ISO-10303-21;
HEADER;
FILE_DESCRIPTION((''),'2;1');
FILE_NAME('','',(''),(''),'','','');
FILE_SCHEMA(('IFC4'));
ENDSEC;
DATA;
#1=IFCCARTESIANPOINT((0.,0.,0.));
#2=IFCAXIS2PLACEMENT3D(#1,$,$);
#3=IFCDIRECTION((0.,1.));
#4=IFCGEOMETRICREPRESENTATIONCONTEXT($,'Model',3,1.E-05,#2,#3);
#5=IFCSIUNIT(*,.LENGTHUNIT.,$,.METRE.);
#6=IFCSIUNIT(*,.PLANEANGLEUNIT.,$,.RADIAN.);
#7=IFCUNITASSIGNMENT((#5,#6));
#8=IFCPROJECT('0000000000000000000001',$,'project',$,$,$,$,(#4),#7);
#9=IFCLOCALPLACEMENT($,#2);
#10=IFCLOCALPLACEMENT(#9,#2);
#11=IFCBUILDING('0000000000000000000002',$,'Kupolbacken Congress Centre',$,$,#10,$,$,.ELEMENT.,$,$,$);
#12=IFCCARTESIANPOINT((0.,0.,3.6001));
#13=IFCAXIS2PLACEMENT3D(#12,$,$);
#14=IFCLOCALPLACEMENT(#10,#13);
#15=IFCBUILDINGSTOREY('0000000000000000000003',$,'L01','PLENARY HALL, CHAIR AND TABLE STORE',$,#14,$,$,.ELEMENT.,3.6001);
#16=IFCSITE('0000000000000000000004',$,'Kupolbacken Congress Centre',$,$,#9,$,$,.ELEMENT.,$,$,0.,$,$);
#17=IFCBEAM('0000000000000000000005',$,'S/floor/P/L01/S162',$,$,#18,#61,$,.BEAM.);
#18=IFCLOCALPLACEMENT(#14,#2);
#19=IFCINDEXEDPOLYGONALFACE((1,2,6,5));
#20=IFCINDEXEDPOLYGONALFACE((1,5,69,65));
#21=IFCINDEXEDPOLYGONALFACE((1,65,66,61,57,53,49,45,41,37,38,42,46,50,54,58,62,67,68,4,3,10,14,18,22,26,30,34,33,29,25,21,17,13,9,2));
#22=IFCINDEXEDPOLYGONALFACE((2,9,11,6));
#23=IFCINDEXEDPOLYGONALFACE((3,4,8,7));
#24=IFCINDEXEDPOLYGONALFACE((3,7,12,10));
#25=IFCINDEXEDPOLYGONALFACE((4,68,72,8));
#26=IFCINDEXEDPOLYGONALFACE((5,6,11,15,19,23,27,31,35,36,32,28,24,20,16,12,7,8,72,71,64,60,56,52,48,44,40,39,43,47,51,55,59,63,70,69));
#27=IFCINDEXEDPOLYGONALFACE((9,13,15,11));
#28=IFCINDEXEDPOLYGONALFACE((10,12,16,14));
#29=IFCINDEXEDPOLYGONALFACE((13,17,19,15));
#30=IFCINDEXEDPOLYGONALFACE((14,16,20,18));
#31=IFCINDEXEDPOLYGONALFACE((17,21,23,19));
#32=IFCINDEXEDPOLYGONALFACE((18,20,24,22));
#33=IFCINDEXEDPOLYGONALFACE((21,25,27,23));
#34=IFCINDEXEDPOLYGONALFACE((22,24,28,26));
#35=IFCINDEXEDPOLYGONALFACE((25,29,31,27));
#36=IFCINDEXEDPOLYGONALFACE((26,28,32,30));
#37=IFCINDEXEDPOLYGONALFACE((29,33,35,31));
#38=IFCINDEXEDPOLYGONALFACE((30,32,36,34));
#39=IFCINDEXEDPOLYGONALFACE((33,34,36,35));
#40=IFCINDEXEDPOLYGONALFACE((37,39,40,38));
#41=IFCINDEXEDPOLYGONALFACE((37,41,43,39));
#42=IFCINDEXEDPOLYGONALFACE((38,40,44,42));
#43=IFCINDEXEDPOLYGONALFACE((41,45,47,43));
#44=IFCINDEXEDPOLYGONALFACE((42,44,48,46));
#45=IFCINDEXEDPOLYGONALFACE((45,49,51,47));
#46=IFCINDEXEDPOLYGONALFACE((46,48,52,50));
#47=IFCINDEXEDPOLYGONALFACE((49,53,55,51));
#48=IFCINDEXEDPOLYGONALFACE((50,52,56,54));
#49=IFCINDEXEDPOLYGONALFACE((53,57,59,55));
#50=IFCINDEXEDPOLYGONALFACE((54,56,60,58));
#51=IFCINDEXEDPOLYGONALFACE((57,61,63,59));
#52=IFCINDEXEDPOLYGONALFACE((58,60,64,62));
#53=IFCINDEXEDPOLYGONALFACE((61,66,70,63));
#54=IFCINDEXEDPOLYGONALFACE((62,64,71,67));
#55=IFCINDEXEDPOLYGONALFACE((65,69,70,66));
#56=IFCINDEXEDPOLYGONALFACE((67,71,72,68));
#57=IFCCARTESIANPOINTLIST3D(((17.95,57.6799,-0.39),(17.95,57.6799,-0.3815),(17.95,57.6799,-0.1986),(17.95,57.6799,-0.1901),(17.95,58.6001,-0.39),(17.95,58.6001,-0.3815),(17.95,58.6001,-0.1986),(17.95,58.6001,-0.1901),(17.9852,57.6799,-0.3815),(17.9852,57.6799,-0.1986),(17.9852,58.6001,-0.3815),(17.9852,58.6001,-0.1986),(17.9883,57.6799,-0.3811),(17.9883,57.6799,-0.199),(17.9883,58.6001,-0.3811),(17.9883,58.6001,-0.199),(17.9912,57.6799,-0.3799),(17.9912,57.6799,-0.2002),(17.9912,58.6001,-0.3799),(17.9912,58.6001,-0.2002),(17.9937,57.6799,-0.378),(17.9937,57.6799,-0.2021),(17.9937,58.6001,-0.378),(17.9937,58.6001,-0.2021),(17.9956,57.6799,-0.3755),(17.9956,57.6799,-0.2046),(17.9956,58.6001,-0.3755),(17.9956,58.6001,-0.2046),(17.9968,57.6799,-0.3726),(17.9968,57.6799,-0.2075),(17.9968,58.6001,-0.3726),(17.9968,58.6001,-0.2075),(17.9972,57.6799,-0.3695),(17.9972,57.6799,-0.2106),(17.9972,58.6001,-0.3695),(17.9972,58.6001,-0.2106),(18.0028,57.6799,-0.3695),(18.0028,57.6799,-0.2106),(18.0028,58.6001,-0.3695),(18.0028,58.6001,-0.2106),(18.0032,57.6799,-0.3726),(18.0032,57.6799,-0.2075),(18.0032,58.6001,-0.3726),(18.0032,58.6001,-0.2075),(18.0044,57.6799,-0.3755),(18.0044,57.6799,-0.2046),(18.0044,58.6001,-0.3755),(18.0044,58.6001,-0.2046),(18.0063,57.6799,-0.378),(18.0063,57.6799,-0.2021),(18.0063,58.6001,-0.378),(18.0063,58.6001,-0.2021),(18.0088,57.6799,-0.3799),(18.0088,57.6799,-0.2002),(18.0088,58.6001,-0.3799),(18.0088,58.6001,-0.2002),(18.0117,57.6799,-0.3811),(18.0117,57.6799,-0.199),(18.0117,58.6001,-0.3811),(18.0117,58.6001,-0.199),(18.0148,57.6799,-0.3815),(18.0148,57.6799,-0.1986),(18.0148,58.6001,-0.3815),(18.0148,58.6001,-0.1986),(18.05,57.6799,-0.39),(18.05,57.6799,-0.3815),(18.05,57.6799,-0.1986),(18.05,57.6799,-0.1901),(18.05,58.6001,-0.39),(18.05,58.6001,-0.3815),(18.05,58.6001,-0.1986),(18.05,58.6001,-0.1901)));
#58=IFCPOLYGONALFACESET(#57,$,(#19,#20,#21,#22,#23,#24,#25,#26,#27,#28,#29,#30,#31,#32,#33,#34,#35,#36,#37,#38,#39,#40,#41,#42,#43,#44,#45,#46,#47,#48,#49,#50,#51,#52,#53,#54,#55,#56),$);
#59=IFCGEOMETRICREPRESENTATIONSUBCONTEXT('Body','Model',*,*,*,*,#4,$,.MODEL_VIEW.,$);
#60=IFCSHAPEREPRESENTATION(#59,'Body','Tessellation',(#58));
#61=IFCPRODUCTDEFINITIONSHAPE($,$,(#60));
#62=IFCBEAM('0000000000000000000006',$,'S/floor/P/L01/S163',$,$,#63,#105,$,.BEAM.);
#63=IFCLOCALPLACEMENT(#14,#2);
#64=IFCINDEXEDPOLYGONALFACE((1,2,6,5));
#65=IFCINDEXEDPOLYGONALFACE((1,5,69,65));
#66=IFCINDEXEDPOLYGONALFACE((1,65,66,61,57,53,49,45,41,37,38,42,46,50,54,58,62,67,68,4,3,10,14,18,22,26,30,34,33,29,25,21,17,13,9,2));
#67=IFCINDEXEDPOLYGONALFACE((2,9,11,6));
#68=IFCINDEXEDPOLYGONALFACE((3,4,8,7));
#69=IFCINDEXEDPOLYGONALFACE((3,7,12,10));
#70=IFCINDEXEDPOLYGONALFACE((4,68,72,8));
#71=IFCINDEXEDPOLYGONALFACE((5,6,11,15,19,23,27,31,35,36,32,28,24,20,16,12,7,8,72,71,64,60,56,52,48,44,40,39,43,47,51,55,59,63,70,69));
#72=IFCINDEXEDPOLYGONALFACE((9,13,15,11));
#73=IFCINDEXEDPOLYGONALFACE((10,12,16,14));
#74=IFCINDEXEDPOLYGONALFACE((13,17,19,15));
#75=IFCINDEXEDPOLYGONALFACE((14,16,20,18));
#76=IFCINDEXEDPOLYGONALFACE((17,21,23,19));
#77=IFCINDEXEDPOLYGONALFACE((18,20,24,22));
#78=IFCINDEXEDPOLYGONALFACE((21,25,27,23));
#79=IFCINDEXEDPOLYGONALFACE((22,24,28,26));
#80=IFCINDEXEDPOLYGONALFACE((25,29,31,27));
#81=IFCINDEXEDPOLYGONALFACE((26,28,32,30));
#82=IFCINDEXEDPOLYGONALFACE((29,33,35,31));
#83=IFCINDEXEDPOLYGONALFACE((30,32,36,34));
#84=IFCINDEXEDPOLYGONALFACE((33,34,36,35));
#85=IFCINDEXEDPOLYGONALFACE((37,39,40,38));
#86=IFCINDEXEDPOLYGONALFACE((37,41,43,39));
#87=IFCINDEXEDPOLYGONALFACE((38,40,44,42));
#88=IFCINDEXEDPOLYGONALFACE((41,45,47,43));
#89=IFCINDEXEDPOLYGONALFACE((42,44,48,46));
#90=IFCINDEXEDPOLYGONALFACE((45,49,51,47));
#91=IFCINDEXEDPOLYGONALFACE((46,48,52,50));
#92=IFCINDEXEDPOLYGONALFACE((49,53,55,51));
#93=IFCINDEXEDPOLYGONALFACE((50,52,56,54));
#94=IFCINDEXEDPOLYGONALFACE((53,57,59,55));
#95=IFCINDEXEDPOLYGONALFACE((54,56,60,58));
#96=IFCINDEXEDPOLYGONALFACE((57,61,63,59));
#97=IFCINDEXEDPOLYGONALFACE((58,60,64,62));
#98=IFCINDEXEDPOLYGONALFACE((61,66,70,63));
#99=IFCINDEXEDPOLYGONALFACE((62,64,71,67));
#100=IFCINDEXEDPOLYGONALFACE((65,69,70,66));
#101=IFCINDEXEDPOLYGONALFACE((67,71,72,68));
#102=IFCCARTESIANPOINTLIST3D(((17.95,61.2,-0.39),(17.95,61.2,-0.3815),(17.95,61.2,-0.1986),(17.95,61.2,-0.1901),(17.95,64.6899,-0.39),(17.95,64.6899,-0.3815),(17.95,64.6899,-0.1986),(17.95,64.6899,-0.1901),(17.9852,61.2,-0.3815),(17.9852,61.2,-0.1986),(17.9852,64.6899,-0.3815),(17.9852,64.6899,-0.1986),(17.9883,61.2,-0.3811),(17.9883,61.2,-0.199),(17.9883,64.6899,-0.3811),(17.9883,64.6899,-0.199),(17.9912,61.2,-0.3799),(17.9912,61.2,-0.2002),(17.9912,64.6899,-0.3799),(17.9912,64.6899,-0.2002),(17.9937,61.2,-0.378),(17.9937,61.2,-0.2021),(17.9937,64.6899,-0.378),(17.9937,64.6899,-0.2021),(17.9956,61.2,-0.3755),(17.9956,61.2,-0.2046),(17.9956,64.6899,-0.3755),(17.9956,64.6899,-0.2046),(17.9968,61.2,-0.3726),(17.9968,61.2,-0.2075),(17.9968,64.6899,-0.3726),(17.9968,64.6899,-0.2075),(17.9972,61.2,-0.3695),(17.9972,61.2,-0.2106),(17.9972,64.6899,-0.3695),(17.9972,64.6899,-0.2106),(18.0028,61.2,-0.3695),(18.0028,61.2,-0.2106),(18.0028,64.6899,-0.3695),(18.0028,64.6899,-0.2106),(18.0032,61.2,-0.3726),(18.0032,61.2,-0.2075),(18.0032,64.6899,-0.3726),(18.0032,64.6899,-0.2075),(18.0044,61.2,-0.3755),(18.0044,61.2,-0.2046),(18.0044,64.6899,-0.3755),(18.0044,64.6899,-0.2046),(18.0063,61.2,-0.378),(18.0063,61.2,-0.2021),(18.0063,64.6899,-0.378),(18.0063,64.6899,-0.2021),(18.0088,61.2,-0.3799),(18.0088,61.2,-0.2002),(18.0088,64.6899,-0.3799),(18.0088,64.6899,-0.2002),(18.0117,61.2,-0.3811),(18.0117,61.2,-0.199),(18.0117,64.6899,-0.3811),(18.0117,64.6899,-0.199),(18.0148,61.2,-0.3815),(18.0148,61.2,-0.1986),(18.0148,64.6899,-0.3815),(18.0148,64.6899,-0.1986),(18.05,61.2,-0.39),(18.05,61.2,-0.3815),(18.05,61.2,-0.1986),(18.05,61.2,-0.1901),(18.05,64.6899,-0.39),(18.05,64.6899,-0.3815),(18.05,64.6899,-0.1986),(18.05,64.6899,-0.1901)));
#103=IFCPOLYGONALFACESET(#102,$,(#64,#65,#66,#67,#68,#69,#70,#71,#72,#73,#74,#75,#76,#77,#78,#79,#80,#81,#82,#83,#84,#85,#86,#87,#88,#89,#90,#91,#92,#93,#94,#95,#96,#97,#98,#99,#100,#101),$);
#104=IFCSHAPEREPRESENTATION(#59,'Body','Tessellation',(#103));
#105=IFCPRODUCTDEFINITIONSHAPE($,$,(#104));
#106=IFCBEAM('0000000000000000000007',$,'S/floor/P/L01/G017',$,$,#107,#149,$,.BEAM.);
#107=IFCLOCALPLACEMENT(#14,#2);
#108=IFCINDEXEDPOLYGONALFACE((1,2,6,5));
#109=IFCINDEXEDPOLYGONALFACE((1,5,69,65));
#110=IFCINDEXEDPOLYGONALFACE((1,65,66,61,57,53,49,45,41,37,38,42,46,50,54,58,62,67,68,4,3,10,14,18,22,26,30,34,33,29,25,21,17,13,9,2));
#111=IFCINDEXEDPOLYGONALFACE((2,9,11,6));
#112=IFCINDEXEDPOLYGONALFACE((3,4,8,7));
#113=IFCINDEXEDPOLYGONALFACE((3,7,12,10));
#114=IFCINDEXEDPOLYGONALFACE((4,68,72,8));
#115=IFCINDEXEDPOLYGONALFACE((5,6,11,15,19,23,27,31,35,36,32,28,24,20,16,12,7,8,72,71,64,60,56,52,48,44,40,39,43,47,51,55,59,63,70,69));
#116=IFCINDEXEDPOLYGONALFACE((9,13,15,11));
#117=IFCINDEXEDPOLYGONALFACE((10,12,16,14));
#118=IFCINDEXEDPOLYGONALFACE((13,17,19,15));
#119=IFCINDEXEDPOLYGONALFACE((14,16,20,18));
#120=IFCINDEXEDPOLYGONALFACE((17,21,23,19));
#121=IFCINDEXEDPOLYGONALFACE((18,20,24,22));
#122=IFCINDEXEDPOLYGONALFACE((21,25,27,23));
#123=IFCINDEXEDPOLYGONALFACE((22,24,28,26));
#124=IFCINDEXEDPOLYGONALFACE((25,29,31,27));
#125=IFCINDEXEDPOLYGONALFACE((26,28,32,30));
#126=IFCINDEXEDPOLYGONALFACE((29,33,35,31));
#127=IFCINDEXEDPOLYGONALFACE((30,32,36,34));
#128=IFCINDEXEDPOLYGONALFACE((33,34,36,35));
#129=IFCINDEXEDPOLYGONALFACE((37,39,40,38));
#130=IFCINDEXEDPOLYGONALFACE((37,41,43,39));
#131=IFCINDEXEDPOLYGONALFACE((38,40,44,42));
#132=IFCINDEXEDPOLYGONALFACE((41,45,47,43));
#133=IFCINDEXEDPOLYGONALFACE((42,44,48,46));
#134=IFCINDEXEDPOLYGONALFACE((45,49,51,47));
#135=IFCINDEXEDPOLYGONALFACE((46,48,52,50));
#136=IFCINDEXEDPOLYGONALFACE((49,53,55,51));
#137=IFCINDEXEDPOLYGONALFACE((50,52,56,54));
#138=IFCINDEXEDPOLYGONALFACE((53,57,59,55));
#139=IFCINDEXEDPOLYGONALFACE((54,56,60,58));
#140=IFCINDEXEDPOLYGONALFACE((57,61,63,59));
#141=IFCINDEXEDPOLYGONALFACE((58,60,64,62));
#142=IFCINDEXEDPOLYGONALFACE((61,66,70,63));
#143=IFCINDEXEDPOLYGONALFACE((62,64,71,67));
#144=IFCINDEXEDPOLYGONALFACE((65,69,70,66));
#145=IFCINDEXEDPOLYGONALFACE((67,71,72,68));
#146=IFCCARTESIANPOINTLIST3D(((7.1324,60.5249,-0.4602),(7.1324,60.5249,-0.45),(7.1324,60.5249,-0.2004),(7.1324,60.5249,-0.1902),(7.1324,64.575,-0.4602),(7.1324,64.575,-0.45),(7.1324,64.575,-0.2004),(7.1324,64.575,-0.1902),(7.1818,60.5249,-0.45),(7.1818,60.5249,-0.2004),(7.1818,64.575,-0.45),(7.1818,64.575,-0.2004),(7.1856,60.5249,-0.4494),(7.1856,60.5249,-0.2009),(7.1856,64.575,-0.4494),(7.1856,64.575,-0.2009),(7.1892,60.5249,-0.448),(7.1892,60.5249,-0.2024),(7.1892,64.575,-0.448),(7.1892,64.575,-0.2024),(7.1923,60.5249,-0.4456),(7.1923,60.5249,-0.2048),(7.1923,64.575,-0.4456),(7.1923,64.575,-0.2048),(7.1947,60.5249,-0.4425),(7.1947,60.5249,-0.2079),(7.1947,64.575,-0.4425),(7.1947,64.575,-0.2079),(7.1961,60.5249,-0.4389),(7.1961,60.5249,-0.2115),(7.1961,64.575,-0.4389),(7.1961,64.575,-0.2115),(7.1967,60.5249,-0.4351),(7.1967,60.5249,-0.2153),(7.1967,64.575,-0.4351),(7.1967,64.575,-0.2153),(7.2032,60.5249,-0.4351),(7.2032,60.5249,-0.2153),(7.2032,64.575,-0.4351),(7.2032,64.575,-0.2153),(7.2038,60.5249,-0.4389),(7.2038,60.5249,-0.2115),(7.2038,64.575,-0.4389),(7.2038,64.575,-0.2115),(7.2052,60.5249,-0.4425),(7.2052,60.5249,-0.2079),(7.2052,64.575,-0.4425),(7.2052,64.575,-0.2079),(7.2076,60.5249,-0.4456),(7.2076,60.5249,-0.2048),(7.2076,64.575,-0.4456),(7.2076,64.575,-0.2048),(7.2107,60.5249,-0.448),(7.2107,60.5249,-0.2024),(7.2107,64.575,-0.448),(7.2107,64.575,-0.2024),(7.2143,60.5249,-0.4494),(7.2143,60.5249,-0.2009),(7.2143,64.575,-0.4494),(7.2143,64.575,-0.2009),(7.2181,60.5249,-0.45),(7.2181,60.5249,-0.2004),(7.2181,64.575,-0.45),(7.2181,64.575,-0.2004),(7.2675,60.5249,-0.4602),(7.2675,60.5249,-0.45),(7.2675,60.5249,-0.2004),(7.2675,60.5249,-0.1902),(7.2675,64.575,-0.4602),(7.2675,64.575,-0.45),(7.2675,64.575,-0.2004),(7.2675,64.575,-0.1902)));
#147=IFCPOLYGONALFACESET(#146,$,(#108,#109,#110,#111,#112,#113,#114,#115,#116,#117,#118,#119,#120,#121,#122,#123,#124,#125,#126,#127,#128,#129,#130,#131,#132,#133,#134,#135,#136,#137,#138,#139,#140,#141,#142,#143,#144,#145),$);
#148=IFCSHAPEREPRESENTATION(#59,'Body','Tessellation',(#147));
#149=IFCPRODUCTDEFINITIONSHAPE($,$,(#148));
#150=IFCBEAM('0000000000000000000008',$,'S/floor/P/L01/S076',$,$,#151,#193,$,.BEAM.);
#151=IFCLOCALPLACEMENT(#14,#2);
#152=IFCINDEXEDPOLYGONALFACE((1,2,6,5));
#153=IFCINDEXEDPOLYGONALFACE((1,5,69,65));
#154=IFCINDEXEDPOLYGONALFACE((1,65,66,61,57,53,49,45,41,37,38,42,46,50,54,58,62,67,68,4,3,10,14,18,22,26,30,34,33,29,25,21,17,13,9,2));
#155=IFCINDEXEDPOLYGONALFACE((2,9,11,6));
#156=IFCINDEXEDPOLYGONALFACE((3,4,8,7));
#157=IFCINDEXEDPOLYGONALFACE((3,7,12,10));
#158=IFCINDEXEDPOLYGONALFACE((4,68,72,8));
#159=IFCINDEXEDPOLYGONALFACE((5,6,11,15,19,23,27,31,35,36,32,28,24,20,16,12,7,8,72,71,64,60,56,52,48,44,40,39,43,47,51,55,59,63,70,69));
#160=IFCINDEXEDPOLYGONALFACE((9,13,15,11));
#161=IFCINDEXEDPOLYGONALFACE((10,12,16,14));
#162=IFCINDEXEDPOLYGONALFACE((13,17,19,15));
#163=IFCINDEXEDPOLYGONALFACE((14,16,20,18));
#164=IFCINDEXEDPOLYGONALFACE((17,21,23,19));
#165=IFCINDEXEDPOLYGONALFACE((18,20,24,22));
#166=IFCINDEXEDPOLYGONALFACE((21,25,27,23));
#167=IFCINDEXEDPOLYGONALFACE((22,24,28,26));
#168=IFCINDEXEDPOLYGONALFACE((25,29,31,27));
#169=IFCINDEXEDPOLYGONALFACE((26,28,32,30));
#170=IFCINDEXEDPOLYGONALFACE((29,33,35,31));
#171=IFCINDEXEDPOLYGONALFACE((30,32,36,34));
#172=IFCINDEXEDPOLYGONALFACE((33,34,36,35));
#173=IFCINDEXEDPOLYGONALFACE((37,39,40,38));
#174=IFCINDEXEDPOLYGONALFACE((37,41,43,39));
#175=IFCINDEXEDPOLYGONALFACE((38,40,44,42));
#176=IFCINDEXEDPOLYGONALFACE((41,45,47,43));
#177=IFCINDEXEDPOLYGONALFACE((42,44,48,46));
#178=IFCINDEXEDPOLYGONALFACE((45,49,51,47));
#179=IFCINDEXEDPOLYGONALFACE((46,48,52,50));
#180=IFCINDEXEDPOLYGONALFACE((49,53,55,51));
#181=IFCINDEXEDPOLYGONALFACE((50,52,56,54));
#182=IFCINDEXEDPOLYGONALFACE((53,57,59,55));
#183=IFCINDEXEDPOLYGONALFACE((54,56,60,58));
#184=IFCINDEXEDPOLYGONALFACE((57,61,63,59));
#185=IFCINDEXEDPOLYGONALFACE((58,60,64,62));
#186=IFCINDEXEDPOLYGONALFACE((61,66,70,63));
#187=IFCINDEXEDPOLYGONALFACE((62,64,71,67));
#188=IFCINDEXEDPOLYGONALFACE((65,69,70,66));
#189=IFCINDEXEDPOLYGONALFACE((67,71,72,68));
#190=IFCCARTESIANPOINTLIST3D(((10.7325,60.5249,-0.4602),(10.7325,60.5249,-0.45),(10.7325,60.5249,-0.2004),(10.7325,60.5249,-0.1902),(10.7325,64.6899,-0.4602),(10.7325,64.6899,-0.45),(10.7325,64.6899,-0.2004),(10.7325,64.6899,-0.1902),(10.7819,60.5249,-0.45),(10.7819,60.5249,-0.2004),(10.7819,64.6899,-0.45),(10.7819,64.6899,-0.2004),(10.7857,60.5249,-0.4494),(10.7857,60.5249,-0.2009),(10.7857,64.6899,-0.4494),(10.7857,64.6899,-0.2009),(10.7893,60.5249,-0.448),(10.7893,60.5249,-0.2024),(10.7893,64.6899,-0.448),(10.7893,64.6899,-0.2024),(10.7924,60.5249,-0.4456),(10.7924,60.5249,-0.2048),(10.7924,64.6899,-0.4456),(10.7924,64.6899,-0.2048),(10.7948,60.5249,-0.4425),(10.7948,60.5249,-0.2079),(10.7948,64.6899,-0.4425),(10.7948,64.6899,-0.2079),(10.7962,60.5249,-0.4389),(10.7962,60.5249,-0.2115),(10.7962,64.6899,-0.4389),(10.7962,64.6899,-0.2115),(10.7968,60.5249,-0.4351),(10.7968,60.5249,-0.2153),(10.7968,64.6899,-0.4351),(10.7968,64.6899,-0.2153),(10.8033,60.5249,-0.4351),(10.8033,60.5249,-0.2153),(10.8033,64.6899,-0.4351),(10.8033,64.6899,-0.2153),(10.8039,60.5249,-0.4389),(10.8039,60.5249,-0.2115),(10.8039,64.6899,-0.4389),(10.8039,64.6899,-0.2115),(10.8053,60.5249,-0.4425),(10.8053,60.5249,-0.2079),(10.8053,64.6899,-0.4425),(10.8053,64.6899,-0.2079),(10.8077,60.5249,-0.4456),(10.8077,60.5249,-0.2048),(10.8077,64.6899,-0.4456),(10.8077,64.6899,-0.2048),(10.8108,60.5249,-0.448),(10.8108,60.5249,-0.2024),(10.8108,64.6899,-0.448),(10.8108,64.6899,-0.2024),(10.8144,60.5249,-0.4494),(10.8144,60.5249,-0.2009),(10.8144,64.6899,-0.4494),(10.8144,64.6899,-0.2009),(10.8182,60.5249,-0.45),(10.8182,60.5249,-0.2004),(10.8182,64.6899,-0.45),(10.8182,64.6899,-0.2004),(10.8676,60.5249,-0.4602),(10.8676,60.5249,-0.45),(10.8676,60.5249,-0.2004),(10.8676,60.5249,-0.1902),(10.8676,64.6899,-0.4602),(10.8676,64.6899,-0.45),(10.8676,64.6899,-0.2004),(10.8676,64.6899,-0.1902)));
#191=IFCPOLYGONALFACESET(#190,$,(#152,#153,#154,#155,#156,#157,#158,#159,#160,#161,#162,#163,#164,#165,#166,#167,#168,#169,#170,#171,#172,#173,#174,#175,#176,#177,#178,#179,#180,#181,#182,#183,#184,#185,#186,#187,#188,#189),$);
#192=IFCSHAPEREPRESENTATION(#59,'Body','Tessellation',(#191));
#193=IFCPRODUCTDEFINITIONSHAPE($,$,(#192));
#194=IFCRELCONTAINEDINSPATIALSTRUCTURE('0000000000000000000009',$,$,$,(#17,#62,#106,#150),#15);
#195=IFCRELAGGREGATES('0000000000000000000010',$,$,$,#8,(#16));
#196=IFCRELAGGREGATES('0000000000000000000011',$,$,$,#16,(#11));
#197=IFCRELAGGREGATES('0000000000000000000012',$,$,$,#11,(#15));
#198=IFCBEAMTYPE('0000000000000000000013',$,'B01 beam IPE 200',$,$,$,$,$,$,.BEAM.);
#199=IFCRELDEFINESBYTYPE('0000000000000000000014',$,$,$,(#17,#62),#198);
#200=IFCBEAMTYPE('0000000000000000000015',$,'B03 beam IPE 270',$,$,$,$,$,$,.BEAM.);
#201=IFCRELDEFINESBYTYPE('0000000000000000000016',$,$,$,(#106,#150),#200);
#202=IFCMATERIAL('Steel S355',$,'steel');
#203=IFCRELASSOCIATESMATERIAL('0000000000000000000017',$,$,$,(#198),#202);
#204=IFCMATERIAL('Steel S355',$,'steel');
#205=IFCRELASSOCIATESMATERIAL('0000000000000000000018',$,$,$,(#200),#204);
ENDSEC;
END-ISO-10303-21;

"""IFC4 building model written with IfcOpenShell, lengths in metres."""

from ifc_helpers import new_model, si_unit, direction, frame, origin, origin_2d, place, context, subcontext, project, spatial, i_section, extrude, material, material_profile, profile_set, type_object, element, save


model = new_model("IFC4")

# Units and contexts
model_context = context("Model", 3, precision=1e-05, world=origin(), true_north=direction((0.0, 1.0)))
body_context = subcontext(model_context, "Body", "Model", "MODEL_VIEW")
ifc_project = project(units=[si_unit("LENGTHUNIT", "METRE"), si_unit("PLANEANGLEUNIT", "RADIAN")], contexts=[model_context])

# Site, building, storey
site_placement = place(None, origin())
site = spatial("IfcSite", under=ifc_project, at=site_placement, Name="Kupolbacken Congress Centre", CompositionType="ELEMENT", RefElevation=0.0)
building_placement = place(site_placement, origin())
building = spatial("IfcBuilding", under=site, at=building_placement, Name="Kupolbacken Congress Centre", CompositionType="ELEMENT")
storey_placement = place(building_placement, frame((0.0, 0.0, 3.6001)))
storey = spatial("IfcBuildingStorey", under=building, at=storey_placement, Name="L01", Description="PLENARY HALL, CHAIR AND TABLE STORE", CompositionType="ELEMENT", Elevation=3.6001)

# Beams
ifc_material_1 = material(Name="Steel S355", Category="steel")
ifc_material_profile_1 = material_profile(ifc_material_1, i_section(OverallWidth=0.1001, OverallDepth=0.2, WebThickness=0.0056, FlangeThickness=0.0085, FilletRadius=0.012, at=origin_2d()), Name="IPE 200")
ifc_profile_set_1 = profile_set([ifc_material_profile_1], Name="Steel S355")
beam_type_1 = type_object("IfcBeamType", Name="B01 beam IPE 200", PredefinedType="BEAM", material=ifc_profile_set_1)
beam_1_placement = place(storey_placement, frame((18.0, 57.6799, -0.29), z_axis=(0.0, 1.0, 0.0), x_axis=(-1.0, 0.0, 0.0)))
element("IfcBeam", 1, at=beam_1_placement, inside=storey, type_object=beam_type_1, Name="S/floor/P/L01/S162", PredefinedType="BEAM", context=body_context, shape_type="SweptSolid", body=[
    extrude(i_section(OverallWidth=0.1001, OverallDepth=0.2, WebThickness=0.0056, FlangeThickness=0.0085, FilletRadius=0.012, at=origin_2d()), origin(), (0.0, 0.0, 1.0), 0.9202),
])
beam_2_placement = place(storey_placement, frame((18.0, 61.2, -0.29), z_axis=(0.0, 1.0, 0.0), x_axis=(-1.0, 0.0, 0.0)))
element("IfcBeam", 2, at=beam_2_placement, inside=storey, type_object=beam_type_1, Name="S/floor/P/L01/S163", PredefinedType="BEAM", context=body_context, shape_type="SweptSolid", body=[
    extrude(i_section(OverallWidth=0.1001, OverallDepth=0.2, WebThickness=0.0056, FlangeThickness=0.0085, FilletRadius=0.012, at=origin_2d()), origin(), (0.0, 0.0, 1.0), 3.49),
])
ifc_material_2 = material(Name="Steel S355", Category="steel")
ifc_material_profile_2 = material_profile(ifc_material_2, i_section(OverallWidth=0.135, OverallDepth=0.27, WebThickness=0.0066, FlangeThickness=0.0103, FilletRadius=0.0149, at=origin_2d()), Name="IPE 270")
ifc_profile_set_2 = profile_set([ifc_material_profile_2], Name="Steel S355")
beam_type_2 = type_object("IfcBeamType", Name="B03 beam IPE 270", PredefinedType="BEAM", material=ifc_profile_set_2)
beam_3_placement = place(storey_placement, frame((7.2, 60.5249, -0.3252), z_axis=(0.0, 1.0, 0.0), x_axis=(-1.0, 0.0, 0.0)))
element("IfcBeam", 3, at=beam_3_placement, inside=storey, type_object=beam_type_2, Name="S/floor/P/L01/G017", PredefinedType="BEAM", context=body_context, shape_type="SweptSolid", body=[
    extrude(i_section(OverallWidth=0.135, OverallDepth=0.27, WebThickness=0.0066, FlangeThickness=0.0103, FilletRadius=0.0149, at=origin_2d()), origin(), (0.0, 0.0, 1.0), 4.05),
])
beam_4_placement = place(storey_placement, frame((10.8, 60.5249, -0.3252), z_axis=(0.0, 1.0, 0.0), x_axis=(-1.0, 0.0, 0.0)))
element("IfcBeam", 4, at=beam_4_placement, inside=storey, type_object=beam_type_2, Name="S/floor/P/L01/S076", PredefinedType="BEAM", context=body_context, shape_type="SweptSolid", body=[
    extrude(i_section(OverallWidth=0.135, OverallDepth=0.27, WebThickness=0.0066, FlangeThickness=0.0103, FilletRadius=0.0149, at=origin_2d()), origin(), (0.0, 0.0, 1.0), 4.165),
])

save(model, "model.ifc")
